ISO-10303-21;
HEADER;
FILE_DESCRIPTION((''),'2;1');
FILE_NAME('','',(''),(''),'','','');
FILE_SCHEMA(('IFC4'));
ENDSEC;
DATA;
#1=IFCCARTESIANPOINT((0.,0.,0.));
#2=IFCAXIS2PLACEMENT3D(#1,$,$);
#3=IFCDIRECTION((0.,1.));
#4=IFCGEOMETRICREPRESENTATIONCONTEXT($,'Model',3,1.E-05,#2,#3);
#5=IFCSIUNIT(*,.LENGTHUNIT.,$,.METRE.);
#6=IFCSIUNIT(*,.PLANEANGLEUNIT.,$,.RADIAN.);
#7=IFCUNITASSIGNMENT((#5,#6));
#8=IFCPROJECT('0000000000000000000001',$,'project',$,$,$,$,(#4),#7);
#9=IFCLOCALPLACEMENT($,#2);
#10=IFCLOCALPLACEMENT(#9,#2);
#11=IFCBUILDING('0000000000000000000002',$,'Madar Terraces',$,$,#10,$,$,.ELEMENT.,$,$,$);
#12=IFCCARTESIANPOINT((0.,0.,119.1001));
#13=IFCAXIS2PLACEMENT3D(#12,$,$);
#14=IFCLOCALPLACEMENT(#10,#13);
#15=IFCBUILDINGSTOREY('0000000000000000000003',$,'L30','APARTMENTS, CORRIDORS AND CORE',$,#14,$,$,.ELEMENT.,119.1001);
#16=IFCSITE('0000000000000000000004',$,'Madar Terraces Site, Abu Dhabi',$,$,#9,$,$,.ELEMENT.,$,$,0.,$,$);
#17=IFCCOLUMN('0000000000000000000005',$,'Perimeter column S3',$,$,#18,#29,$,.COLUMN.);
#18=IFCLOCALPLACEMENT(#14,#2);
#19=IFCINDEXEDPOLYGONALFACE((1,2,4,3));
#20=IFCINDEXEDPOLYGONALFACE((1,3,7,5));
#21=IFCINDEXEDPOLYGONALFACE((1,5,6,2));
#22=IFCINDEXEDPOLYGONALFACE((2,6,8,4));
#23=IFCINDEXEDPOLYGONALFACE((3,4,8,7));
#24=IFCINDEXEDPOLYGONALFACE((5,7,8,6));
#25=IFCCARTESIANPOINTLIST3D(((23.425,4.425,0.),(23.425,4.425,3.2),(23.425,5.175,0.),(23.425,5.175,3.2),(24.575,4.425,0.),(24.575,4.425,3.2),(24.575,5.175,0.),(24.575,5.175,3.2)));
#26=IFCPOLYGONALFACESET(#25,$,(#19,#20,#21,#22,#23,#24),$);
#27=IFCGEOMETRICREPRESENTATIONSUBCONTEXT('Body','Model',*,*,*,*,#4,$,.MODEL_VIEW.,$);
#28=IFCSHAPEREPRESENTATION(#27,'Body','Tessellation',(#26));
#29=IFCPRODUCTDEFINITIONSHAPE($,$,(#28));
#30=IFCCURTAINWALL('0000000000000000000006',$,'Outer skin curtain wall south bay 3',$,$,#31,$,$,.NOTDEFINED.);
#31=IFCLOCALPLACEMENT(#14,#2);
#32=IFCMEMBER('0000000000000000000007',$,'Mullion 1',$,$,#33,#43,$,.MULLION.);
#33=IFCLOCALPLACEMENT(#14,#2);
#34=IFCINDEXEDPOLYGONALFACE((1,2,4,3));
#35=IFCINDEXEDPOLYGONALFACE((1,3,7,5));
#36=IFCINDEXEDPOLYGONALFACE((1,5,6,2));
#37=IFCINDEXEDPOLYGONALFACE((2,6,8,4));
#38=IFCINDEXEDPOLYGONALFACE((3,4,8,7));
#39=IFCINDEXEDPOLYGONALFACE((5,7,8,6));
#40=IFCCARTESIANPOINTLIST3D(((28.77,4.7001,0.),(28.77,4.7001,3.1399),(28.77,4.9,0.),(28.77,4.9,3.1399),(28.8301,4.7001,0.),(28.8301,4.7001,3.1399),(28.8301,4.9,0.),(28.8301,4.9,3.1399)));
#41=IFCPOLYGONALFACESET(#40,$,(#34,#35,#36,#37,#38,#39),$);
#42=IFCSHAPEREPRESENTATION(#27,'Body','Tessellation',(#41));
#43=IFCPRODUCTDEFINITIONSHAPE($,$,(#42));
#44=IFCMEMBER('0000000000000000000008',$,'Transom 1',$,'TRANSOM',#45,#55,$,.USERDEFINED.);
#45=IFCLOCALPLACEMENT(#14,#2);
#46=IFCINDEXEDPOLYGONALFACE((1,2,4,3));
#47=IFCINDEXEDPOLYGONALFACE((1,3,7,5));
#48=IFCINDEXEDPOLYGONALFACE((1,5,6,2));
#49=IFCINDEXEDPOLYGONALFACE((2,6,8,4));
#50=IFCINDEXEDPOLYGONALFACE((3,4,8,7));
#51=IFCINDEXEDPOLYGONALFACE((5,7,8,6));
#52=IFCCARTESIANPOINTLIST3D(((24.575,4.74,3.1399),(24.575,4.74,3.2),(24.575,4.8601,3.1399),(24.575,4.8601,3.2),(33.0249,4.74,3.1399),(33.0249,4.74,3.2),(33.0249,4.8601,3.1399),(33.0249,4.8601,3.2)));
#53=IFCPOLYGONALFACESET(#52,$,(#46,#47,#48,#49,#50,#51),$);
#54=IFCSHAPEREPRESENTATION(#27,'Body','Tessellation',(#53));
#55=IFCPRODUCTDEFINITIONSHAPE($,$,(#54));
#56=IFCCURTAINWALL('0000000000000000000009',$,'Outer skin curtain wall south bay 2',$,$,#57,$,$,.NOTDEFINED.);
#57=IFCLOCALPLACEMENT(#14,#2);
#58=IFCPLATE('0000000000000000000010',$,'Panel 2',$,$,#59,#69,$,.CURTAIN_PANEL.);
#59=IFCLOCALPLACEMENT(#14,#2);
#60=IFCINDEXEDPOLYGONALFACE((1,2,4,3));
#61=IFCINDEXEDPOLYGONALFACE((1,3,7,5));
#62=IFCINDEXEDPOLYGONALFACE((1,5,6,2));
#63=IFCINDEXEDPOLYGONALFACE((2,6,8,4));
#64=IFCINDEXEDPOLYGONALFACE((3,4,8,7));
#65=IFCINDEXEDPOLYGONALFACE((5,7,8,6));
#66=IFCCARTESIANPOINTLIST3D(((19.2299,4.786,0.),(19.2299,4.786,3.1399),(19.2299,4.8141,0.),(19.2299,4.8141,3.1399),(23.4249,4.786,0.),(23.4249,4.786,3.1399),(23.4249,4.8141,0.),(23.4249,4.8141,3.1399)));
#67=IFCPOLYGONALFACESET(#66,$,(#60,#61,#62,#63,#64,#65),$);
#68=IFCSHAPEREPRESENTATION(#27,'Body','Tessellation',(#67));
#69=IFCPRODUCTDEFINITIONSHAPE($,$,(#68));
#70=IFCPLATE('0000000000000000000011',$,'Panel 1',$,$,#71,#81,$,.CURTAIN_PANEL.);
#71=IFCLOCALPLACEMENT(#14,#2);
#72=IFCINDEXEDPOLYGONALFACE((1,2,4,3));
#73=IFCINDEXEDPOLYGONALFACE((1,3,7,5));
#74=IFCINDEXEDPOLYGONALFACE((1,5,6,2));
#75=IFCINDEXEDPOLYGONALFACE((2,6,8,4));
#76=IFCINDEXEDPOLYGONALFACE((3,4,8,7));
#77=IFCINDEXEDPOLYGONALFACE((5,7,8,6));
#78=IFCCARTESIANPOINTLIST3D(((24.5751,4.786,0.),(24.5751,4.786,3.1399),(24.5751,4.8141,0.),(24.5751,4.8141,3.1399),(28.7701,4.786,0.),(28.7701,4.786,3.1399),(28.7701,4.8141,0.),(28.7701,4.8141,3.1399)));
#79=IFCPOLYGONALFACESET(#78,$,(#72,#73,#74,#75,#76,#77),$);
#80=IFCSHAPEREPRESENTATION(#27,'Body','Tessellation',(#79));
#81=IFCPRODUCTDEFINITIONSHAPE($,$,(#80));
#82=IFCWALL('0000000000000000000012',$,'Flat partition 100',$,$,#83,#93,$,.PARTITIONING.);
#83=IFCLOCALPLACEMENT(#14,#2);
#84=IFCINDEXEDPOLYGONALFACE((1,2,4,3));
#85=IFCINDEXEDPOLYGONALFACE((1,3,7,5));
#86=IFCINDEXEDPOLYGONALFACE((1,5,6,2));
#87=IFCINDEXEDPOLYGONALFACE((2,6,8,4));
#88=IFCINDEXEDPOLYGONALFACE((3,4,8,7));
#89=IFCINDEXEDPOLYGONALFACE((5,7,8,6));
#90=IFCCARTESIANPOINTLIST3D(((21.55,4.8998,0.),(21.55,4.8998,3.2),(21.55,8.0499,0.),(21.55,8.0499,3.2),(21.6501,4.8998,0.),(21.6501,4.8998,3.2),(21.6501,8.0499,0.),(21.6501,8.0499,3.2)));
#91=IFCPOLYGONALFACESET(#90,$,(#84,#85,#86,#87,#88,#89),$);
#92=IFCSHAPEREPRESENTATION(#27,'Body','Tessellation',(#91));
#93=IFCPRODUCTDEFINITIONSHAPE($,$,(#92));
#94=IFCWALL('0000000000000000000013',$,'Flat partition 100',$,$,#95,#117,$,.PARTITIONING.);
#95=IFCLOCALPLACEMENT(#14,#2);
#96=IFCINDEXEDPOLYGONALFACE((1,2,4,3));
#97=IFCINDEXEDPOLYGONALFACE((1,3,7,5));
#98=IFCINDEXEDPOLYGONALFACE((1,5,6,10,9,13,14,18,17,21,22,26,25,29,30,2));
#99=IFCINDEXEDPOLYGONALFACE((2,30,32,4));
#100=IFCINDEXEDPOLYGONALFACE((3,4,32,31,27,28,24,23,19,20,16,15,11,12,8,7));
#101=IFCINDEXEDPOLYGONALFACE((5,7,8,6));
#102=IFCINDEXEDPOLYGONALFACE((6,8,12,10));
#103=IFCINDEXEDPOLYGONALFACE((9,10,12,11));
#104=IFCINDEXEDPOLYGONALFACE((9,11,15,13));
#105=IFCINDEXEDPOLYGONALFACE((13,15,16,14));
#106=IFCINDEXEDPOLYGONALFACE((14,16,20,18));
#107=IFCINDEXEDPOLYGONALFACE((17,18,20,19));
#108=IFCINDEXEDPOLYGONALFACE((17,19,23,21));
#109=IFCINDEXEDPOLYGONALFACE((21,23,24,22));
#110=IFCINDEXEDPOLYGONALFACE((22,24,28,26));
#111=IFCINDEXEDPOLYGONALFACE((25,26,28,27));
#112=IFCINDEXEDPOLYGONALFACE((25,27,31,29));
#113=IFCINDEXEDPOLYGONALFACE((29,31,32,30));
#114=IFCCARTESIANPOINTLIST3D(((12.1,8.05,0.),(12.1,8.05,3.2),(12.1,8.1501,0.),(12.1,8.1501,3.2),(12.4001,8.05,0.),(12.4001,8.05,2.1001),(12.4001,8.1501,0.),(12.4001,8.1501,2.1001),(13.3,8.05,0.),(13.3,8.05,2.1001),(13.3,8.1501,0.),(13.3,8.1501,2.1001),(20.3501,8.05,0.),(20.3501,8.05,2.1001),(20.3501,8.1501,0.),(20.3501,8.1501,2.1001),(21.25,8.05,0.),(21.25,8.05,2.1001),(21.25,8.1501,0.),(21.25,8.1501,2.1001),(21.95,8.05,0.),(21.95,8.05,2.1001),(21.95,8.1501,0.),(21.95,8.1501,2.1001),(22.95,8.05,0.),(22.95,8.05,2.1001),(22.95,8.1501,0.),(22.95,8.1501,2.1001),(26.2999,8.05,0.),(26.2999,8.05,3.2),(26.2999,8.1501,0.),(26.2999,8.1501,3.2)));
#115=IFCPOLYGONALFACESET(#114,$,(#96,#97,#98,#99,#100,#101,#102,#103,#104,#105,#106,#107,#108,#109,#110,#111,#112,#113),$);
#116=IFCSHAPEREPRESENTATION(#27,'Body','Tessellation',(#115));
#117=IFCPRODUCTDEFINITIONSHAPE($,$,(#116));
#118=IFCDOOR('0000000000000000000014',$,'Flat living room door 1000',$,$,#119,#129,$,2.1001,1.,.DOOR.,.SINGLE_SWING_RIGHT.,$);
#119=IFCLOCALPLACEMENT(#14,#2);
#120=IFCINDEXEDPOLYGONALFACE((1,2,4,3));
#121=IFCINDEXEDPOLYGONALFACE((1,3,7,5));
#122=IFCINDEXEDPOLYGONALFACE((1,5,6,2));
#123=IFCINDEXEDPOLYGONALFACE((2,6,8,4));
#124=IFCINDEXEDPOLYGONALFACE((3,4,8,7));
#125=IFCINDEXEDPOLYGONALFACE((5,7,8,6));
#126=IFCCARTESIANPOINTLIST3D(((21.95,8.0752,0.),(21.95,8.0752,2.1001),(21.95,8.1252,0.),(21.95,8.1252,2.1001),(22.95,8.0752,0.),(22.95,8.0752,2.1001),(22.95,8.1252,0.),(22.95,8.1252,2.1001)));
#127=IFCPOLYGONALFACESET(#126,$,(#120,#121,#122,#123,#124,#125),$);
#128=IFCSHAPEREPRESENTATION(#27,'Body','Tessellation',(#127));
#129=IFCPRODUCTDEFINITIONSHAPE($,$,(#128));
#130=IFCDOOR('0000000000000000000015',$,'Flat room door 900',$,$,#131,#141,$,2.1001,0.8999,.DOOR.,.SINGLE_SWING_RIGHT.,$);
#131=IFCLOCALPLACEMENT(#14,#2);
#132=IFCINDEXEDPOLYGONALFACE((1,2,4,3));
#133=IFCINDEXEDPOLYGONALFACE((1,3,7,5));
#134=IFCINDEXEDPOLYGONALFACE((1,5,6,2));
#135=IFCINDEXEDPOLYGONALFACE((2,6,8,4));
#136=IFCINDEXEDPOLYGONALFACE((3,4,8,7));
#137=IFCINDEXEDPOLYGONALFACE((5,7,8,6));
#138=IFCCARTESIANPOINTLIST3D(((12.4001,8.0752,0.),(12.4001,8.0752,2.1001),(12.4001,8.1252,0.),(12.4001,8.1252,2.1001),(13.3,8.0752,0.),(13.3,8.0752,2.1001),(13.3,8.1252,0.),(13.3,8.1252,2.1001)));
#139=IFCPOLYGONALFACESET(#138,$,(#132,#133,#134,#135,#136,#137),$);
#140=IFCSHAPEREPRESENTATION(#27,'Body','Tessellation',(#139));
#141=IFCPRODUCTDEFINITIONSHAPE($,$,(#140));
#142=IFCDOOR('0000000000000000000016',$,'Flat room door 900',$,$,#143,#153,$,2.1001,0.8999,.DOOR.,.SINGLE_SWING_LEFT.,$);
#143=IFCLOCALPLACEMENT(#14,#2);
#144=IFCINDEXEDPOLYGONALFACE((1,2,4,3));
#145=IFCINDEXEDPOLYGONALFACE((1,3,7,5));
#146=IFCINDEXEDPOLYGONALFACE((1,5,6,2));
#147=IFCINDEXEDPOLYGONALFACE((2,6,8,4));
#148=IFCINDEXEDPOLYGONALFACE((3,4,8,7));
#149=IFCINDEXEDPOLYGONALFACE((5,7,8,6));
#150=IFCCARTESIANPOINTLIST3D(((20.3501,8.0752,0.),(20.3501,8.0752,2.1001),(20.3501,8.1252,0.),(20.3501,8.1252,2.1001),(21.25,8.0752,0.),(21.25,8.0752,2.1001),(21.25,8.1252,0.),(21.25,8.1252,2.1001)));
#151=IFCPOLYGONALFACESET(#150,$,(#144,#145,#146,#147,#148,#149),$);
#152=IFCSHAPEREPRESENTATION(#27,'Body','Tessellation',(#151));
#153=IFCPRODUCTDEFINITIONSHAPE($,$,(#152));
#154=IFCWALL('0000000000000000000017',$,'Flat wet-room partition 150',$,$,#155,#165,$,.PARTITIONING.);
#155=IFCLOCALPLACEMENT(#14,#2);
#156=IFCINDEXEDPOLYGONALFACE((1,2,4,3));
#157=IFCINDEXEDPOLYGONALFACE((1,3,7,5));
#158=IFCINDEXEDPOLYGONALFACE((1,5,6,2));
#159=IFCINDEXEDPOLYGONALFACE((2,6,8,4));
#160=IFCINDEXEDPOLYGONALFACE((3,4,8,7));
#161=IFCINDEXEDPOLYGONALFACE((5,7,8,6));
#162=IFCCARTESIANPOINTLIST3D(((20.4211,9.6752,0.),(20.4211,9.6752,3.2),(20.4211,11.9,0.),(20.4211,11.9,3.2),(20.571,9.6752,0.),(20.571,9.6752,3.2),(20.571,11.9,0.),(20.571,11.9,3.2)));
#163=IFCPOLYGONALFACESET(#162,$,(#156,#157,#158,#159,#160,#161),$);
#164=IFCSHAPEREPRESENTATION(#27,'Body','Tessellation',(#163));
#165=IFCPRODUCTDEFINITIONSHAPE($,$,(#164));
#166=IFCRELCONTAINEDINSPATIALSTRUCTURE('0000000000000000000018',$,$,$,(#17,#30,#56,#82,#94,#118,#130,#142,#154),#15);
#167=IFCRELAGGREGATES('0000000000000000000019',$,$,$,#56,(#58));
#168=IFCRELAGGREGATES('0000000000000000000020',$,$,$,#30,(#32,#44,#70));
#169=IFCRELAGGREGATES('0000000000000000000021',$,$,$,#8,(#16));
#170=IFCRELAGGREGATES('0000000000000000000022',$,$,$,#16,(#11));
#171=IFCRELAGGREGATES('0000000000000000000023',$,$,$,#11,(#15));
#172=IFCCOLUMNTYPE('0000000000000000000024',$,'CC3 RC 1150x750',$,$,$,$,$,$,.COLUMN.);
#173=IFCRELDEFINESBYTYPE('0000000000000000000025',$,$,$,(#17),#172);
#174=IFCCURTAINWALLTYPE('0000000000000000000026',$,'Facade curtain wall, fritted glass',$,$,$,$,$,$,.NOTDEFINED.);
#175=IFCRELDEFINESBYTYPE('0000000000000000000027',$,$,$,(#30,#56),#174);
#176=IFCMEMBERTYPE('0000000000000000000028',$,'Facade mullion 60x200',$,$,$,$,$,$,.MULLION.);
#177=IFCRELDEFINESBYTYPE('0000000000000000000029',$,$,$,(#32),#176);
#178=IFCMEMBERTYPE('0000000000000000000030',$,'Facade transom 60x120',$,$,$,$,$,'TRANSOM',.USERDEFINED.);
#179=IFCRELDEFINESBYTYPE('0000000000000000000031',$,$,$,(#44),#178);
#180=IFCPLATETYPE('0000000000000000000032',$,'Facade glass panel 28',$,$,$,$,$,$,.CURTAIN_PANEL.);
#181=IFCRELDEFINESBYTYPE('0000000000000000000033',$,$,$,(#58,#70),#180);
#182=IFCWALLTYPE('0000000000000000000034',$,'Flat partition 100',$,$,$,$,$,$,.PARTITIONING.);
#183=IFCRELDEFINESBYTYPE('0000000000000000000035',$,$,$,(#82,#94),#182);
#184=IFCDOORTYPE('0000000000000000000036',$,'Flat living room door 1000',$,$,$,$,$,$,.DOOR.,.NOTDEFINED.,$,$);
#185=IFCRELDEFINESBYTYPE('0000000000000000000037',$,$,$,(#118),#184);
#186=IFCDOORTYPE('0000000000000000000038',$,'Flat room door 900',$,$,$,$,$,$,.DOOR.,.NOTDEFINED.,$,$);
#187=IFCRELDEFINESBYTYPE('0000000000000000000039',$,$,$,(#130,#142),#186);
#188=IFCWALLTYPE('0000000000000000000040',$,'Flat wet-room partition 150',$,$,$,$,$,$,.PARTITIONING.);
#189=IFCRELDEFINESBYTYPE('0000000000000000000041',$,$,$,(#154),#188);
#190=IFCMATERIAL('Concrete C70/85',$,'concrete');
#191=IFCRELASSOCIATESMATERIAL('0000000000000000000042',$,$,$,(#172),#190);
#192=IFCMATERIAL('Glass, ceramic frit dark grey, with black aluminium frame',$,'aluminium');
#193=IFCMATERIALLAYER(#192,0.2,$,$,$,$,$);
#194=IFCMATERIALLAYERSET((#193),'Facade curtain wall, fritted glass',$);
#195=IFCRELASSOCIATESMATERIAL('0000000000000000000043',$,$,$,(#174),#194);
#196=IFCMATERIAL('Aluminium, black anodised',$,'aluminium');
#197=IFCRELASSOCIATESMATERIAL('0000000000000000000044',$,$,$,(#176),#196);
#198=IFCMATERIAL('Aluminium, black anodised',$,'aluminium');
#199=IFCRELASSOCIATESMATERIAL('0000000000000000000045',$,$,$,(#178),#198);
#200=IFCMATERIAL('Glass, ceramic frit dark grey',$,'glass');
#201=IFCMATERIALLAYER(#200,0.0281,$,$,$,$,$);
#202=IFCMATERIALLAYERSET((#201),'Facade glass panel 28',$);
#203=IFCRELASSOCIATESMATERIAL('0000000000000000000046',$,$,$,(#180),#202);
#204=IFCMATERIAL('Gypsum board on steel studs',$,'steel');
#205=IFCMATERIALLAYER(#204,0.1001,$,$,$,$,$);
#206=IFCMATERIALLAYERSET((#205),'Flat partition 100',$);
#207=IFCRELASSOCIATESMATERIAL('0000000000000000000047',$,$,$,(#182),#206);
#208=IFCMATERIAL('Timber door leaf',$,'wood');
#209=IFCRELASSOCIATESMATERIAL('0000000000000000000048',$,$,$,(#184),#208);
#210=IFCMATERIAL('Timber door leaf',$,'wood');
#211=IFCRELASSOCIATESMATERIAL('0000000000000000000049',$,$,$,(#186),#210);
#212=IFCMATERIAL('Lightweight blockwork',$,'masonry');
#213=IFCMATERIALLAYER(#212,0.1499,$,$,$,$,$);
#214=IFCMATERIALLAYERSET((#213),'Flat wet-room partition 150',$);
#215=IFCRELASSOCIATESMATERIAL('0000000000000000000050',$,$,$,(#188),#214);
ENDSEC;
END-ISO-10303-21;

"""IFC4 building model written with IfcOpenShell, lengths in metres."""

from ifc_helpers import new_model, si_unit, direction, frame, frame_2d, origin, origin_2d, place, context, subcontext, project, spatial, rectangle, extrude, material, layer, layer_set, material_profile, profile_set, type_object, element, fill, aggregate, save


model = new_model("IFC4")

# Units and contexts
model_context = context("Model", 3, precision=1e-05, world=origin(), true_north=direction((0.0, 1.0)))
body_context = subcontext(model_context, "Body", "Model", "MODEL_VIEW")
ifc_project = project(units=[si_unit("LENGTHUNIT", "METRE"), si_unit("PLANEANGLEUNIT", "RADIAN")], contexts=[model_context])

# Site, building, storey
site_placement = place(None, origin())
site = spatial("IfcSite", under=ifc_project, at=site_placement, Name="Madar Terraces Site, Abu Dhabi", CompositionType="ELEMENT", RefElevation=0.0)
building_placement = place(site_placement, origin())
building = spatial("IfcBuilding", under=site, at=building_placement, Name="Madar Terraces", CompositionType="ELEMENT")
storey_placement = place(building_placement, frame((0.0, 0.0, 119.1001)))
storey = spatial("IfcBuildingStorey", under=building, at=storey_placement, Name="L30", Description="APARTMENTS, CORRIDORS AND CORE", CompositionType="ELEMENT", Elevation=119.1001)

# Column
ifc_material_1 = material(Name="Concrete C70/85", Category="concrete")
ifc_material_profile_1 = material_profile(ifc_material_1, rectangle(XDim=1.1499, YDim=0.75, at=origin_2d()), Name="CC3 RC 1150x750")
ifc_profile_set_1 = profile_set([ifc_material_profile_1], Name="Concrete C70/85")
column_type = type_object("IfcColumnType", Name="CC3 RC 1150x750", PredefinedType="COLUMN", material=ifc_profile_set_1)
column_placement = place(storey_placement, frame((24.0, 4.8, 0.0), z_axis=(0.0, 0.0, 1.0), x_axis=(1.0, 0.0, 0.0)))
element("IfcColumn", 1, at=column_placement, inside=storey, type_object=column_type, Name="Perimeter column S3", PredefinedType="COLUMN", context=body_context, shape_type="SweptSolid", body=[
    extrude(rectangle(XDim=1.1499, YDim=0.75, at=origin_2d()), origin(), (0.0, 0.0, 1.0), 3.2),
])

# Curtain wall, members
ifc_material_2 = material(Name="Glass, ceramic frit dark grey, with black aluminium frame", Category="aluminium")
ifc_layer_1 = layer(ifc_material_2, 0.2)
ifc_layer_set_1 = layer_set([ifc_layer_1], Name="Facade curtain wall, fritted glass")
curtain_wall_type = type_object("IfcCurtainWallType", Name="Facade curtain wall, fritted glass", PredefinedType="NOTDEFINED", material=ifc_layer_set_1)
curtain_wall_1_placement = place(storey_placement, origin())
curtain_wall_1 = element("IfcCurtainWall", 2, at=curtain_wall_1_placement, inside=storey, type_object=curtain_wall_type, Name="Outer skin curtain wall south bay 3", PredefinedType="NOTDEFINED")
ifc_material_3 = material(Name="Aluminium, black anodised", Category="aluminium")
ifc_material_profile_2 = material_profile(ifc_material_3, rectangle(XDim=0.2, YDim=0.0601, at=origin_2d()), Name="Facade mullion 60x200")
ifc_profile_set_2 = profile_set([ifc_material_profile_2], Name="Aluminium, black anodised")
member_type_1 = type_object("IfcMemberType", Name="Facade mullion 60x200", PredefinedType="MULLION", material=ifc_profile_set_2)
member_1_placement = place(storey_placement, frame((28.8, 4.8, 0.0), z_axis=(0.0, 0.0, 1.0), x_axis=(0.0, 1.0, 0.0)))
member_1 = element("IfcMember", 3, at=member_1_placement, type_object=member_type_1, Name="Mullion 1", PredefinedType="MULLION", context=body_context, shape_type="SweptSolid", body=[
    extrude(rectangle(XDim=0.2, YDim=0.0601, at=origin_2d()), origin(), (0.0, 0.0, 1.0), 3.1399),
])
ifc_material_4 = material(Name="Aluminium, black anodised", Category="aluminium")
ifc_material_profile_3 = material_profile(ifc_material_4, rectangle(XDim=0.1201, YDim=0.0601, at=origin_2d()), Name="Facade transom 60x120")
ifc_profile_set_3 = profile_set([ifc_material_profile_3], Name="Aluminium, black anodised")
member_type_2 = type_object("IfcMemberType", Name="Facade transom 60x120", ElementType="TRANSOM", PredefinedType="USERDEFINED", material=ifc_profile_set_3)
member_2_placement = place(storey_placement, frame((24.575, 4.8, 3.1699), z_axis=(1.0, 0.0, 0.0), x_axis=(0.0, 1.0, 0.0)))
member_2 = element("IfcMember", 4, at=member_2_placement, type_object=member_type_2, Name="Transom 1", ObjectType="TRANSOM", PredefinedType="USERDEFINED", context=body_context, shape_type="SweptSolid", body=[
    extrude(rectangle(XDim=0.1201, YDim=0.0601, at=origin_2d()), origin(), (0.0, 0.0, 1.0), 8.45),
])

# Curtain wall, plate
curtain_wall_2_placement = place(storey_placement, origin())
curtain_wall_2 = element("IfcCurtainWall", 5, at=curtain_wall_2_placement, inside=storey, type_object=curtain_wall_type, Name="Outer skin curtain wall south bay 2", PredefinedType="NOTDEFINED")
ifc_material_5 = material(Name="Glass, ceramic frit dark grey", Category="glass")
ifc_layer_2 = layer(ifc_material_5, 0.0281)
ifc_layer_set_2 = layer_set([ifc_layer_2], Name="Facade glass panel 28")
plate_type = type_object("IfcPlateType", Name="Facade glass panel 28", PredefinedType="CURTAIN_PANEL", material=ifc_layer_set_2)
plate_1_placement = place(storey_placement, frame((21.3274, 4.8, 0.0), z_axis=(0.0, 0.0, 1.0), x_axis=(1.0, 0.0, 0.0)))
plate_1 = element("IfcPlate", 6, at=plate_1_placement, type_object=plate_type, Name="Panel 2", PredefinedType="CURTAIN_PANEL", context=body_context, shape_type="SweptSolid", body=[
    extrude(rectangle(XDim=4.1951, YDim=0.0281, at=origin_2d()), origin(), (0.0, 0.0, 1.0), 3.1399),
])
aggregate(curtain_wall_2, [plate_1])

# Plate
plate_2_placement = place(storey_placement, frame((26.6726, 4.8, 0.0), z_axis=(0.0, 0.0, 1.0), x_axis=(1.0, 0.0, 0.0)))
plate_2 = element("IfcPlate", 7, at=plate_2_placement, type_object=plate_type, Name="Panel 1", PredefinedType="CURTAIN_PANEL", context=body_context, shape_type="SweptSolid", body=[
    extrude(rectangle(XDim=4.1951, YDim=0.0281, at=origin_2d()), origin(), (0.0, 0.0, 1.0), 3.1399),
])
aggregate(curtain_wall_1, [member_1, member_2, plate_2])

# Wall
ifc_material_6 = material(Name="Gypsum board on steel studs", Category="steel")
ifc_layer_3 = layer(ifc_material_6, 0.1001)
ifc_layer_set_3 = layer_set([ifc_layer_3], Name="Flat partition 100")
wall_type_1 = type_object("IfcWallType", Name="Flat partition 100", PredefinedType="PARTITIONING", material=ifc_layer_set_3)
wall_1_placement = place(storey_placement, frame((21.6001, 8.05, 0.0), z_axis=(0.0, 0.0, 1.0), x_axis=(0.0, -1.0, 0.0)))
element("IfcWall", 8, at=wall_1_placement, inside=storey, type_object=wall_type_1, Name="Flat partition 100", PredefinedType="PARTITIONING", context=body_context, shape_type="SweptSolid", body=[
    extrude(rectangle(XDim=3.1501, YDim=0.1001, at=frame_2d((1.5752, 0.0))), origin(), (0.0, 0.0, 1.0), 3.2),
])

# Wall, openings, doors
wall_2_placement = place(storey_placement, frame((26.3, 8.1001, 0.0), z_axis=(0.0, 0.0, 1.0), x_axis=(-1.0, 0.0, 0.0)))
wall_2 = element("IfcWall", 9, at=wall_2_placement, inside=storey, type_object=wall_type_1, Name="Flat partition 100", PredefinedType="PARTITIONING", context=body_context, shape_type="SweptSolid", body=[
    extrude(rectangle(XDim=14.2, YDim=0.1001, at=frame_2d((7.1001, 0.0))), origin(), (0.0, 0.0, 1.0), 3.2),
])
opening_1_placement = place(wall_2_placement, frame((13.0, 0.0, 0.0)))
opening_1 = element("IfcOpeningElement", 10, at=opening_1_placement, cuts=wall_2, PredefinedType="OPENING", context=body_context, shape_type="SweptSolid", body=[
    extrude(rectangle(XDim=0.8999, YDim=2.1001, at=frame_2d((0.45, 1.05))), frame((0.0, 0.0601, 0.0), z_axis=(0.0, -1.0, 0.0), x_axis=(1.0, 0.0, 0.0)), (0.0, 0.0, 1.0), 0.1201),
])
opening_2_placement = place(wall_2_placement, frame((5.05, 0.0, 0.0)))
opening_2 = element("IfcOpeningElement", 11, at=opening_2_placement, cuts=wall_2, PredefinedType="OPENING", context=body_context, shape_type="SweptSolid", body=[
    extrude(rectangle(XDim=0.8999, YDim=2.1001, at=frame_2d((0.45, 1.05))), frame((0.0, 0.0601, 0.0), z_axis=(0.0, -1.0, 0.0), x_axis=(1.0, 0.0, 0.0)), (0.0, 0.0, 1.0), 0.1201),
])
opening_3_placement = place(wall_2_placement, frame((3.3501, 0.0, 0.0)))
opening_3 = element("IfcOpeningElement", 12, at=opening_3_placement, cuts=wall_2, PredefinedType="OPENING", context=body_context, shape_type="SweptSolid", body=[
    extrude(rectangle(XDim=1.0, YDim=2.1001, at=frame_2d((0.5, 1.05))), frame((0.0, 0.0601, 0.0), z_axis=(0.0, -1.0, 0.0), x_axis=(1.0, 0.0, 0.0)), (0.0, 0.0, 1.0), 0.1201),
])
ifc_material_7 = material(Name="Timber door leaf", Category="wood")
door_type_1 = type_object("IfcDoorType", Name="Flat living room door 1000", OperationType="NOTDEFINED", PredefinedType="DOOR", material=ifc_material_7)
door_1_placement = place(opening_3_placement, origin())
door_1 = element("IfcDoor", 13, at=door_1_placement, inside=storey, type_object=door_type_1, Name="Flat living room door 1000", OperationType="SINGLE_SWING_RIGHT", OverallHeight=2.1001, OverallWidth=1.0, PredefinedType="DOOR", context=body_context, shape_type="SweptSolid", body=[
    extrude(rectangle(XDim=1.0, YDim=2.1001, at=frame_2d((0.5, 1.05))), frame((0.0, 0.0249, 0.0), z_axis=(0.0, -1.0, 0.0), x_axis=(1.0, 0.0, 0.0)), (0.0, 0.0, 1.0), 0.05),
])
fill(opening_3, door_1)
ifc_material_8 = material(Name="Timber door leaf", Category="wood")
door_type_2 = type_object("IfcDoorType", Name="Flat room door 900", OperationType="NOTDEFINED", PredefinedType="DOOR", material=ifc_material_8)
door_2_placement = place(opening_1_placement, origin())
door_2 = element("IfcDoor", 14, at=door_2_placement, inside=storey, type_object=door_type_2, Name="Flat room door 900", OperationType="SINGLE_SWING_RIGHT", OverallHeight=2.1001, OverallWidth=0.8999, PredefinedType="DOOR", context=body_context, shape_type="SweptSolid", body=[
    extrude(rectangle(XDim=0.8999, YDim=2.1001, at=frame_2d((0.45, 1.05))), frame((0.0, 0.0249, 0.0), z_axis=(0.0, -1.0, 0.0), x_axis=(1.0, 0.0, 0.0)), (0.0, 0.0, 1.0), 0.05),
])
fill(opening_1, door_2)
door_3_placement = place(opening_2_placement, origin())
door_3 = element("IfcDoor", 15, at=door_3_placement, inside=storey, type_object=door_type_2, Name="Flat room door 900", OperationType="SINGLE_SWING_LEFT", OverallHeight=2.1001, OverallWidth=0.8999, PredefinedType="DOOR", context=body_context, shape_type="SweptSolid", body=[
    extrude(rectangle(XDim=0.8999, YDim=2.1001, at=frame_2d((0.45, 1.05))), frame((0.0, 0.0249, 0.0), z_axis=(0.0, -1.0, 0.0), x_axis=(1.0, 0.0, 0.0)), (0.0, 0.0, 1.0), 0.05),
])
fill(opening_2, door_3)

# Wall
ifc_material_9 = material(Name="Lightweight blockwork", Category="masonry")
ifc_layer_4 = layer(ifc_material_9, 0.1499)
ifc_layer_set_4 = layer_set([ifc_layer_4], Name="Flat wet-room partition 150")
wall_type_2 = type_object("IfcWallType", Name="Flat wet-room partition 150", PredefinedType="PARTITIONING", material=ifc_layer_set_4)
wall_3_placement = place(storey_placement, frame((20.4961, 11.8999, 0.0), z_axis=(0.0, 0.0, 1.0), x_axis=(0.0, -1.0, 0.0)))
element("IfcWall", 16, at=wall_3_placement, inside=storey, type_object=wall_type_2, Name="Flat wet-room partition 150", PredefinedType="PARTITIONING", context=body_context, shape_type="SweptSolid", body=[
    extrude(rectangle(XDim=2.2249, YDim=0.1499, at=frame_2d((1.1123, 0.0))), origin(), (0.0, 0.0, 1.0), 3.2),
])

save(model, "model.ifc")
